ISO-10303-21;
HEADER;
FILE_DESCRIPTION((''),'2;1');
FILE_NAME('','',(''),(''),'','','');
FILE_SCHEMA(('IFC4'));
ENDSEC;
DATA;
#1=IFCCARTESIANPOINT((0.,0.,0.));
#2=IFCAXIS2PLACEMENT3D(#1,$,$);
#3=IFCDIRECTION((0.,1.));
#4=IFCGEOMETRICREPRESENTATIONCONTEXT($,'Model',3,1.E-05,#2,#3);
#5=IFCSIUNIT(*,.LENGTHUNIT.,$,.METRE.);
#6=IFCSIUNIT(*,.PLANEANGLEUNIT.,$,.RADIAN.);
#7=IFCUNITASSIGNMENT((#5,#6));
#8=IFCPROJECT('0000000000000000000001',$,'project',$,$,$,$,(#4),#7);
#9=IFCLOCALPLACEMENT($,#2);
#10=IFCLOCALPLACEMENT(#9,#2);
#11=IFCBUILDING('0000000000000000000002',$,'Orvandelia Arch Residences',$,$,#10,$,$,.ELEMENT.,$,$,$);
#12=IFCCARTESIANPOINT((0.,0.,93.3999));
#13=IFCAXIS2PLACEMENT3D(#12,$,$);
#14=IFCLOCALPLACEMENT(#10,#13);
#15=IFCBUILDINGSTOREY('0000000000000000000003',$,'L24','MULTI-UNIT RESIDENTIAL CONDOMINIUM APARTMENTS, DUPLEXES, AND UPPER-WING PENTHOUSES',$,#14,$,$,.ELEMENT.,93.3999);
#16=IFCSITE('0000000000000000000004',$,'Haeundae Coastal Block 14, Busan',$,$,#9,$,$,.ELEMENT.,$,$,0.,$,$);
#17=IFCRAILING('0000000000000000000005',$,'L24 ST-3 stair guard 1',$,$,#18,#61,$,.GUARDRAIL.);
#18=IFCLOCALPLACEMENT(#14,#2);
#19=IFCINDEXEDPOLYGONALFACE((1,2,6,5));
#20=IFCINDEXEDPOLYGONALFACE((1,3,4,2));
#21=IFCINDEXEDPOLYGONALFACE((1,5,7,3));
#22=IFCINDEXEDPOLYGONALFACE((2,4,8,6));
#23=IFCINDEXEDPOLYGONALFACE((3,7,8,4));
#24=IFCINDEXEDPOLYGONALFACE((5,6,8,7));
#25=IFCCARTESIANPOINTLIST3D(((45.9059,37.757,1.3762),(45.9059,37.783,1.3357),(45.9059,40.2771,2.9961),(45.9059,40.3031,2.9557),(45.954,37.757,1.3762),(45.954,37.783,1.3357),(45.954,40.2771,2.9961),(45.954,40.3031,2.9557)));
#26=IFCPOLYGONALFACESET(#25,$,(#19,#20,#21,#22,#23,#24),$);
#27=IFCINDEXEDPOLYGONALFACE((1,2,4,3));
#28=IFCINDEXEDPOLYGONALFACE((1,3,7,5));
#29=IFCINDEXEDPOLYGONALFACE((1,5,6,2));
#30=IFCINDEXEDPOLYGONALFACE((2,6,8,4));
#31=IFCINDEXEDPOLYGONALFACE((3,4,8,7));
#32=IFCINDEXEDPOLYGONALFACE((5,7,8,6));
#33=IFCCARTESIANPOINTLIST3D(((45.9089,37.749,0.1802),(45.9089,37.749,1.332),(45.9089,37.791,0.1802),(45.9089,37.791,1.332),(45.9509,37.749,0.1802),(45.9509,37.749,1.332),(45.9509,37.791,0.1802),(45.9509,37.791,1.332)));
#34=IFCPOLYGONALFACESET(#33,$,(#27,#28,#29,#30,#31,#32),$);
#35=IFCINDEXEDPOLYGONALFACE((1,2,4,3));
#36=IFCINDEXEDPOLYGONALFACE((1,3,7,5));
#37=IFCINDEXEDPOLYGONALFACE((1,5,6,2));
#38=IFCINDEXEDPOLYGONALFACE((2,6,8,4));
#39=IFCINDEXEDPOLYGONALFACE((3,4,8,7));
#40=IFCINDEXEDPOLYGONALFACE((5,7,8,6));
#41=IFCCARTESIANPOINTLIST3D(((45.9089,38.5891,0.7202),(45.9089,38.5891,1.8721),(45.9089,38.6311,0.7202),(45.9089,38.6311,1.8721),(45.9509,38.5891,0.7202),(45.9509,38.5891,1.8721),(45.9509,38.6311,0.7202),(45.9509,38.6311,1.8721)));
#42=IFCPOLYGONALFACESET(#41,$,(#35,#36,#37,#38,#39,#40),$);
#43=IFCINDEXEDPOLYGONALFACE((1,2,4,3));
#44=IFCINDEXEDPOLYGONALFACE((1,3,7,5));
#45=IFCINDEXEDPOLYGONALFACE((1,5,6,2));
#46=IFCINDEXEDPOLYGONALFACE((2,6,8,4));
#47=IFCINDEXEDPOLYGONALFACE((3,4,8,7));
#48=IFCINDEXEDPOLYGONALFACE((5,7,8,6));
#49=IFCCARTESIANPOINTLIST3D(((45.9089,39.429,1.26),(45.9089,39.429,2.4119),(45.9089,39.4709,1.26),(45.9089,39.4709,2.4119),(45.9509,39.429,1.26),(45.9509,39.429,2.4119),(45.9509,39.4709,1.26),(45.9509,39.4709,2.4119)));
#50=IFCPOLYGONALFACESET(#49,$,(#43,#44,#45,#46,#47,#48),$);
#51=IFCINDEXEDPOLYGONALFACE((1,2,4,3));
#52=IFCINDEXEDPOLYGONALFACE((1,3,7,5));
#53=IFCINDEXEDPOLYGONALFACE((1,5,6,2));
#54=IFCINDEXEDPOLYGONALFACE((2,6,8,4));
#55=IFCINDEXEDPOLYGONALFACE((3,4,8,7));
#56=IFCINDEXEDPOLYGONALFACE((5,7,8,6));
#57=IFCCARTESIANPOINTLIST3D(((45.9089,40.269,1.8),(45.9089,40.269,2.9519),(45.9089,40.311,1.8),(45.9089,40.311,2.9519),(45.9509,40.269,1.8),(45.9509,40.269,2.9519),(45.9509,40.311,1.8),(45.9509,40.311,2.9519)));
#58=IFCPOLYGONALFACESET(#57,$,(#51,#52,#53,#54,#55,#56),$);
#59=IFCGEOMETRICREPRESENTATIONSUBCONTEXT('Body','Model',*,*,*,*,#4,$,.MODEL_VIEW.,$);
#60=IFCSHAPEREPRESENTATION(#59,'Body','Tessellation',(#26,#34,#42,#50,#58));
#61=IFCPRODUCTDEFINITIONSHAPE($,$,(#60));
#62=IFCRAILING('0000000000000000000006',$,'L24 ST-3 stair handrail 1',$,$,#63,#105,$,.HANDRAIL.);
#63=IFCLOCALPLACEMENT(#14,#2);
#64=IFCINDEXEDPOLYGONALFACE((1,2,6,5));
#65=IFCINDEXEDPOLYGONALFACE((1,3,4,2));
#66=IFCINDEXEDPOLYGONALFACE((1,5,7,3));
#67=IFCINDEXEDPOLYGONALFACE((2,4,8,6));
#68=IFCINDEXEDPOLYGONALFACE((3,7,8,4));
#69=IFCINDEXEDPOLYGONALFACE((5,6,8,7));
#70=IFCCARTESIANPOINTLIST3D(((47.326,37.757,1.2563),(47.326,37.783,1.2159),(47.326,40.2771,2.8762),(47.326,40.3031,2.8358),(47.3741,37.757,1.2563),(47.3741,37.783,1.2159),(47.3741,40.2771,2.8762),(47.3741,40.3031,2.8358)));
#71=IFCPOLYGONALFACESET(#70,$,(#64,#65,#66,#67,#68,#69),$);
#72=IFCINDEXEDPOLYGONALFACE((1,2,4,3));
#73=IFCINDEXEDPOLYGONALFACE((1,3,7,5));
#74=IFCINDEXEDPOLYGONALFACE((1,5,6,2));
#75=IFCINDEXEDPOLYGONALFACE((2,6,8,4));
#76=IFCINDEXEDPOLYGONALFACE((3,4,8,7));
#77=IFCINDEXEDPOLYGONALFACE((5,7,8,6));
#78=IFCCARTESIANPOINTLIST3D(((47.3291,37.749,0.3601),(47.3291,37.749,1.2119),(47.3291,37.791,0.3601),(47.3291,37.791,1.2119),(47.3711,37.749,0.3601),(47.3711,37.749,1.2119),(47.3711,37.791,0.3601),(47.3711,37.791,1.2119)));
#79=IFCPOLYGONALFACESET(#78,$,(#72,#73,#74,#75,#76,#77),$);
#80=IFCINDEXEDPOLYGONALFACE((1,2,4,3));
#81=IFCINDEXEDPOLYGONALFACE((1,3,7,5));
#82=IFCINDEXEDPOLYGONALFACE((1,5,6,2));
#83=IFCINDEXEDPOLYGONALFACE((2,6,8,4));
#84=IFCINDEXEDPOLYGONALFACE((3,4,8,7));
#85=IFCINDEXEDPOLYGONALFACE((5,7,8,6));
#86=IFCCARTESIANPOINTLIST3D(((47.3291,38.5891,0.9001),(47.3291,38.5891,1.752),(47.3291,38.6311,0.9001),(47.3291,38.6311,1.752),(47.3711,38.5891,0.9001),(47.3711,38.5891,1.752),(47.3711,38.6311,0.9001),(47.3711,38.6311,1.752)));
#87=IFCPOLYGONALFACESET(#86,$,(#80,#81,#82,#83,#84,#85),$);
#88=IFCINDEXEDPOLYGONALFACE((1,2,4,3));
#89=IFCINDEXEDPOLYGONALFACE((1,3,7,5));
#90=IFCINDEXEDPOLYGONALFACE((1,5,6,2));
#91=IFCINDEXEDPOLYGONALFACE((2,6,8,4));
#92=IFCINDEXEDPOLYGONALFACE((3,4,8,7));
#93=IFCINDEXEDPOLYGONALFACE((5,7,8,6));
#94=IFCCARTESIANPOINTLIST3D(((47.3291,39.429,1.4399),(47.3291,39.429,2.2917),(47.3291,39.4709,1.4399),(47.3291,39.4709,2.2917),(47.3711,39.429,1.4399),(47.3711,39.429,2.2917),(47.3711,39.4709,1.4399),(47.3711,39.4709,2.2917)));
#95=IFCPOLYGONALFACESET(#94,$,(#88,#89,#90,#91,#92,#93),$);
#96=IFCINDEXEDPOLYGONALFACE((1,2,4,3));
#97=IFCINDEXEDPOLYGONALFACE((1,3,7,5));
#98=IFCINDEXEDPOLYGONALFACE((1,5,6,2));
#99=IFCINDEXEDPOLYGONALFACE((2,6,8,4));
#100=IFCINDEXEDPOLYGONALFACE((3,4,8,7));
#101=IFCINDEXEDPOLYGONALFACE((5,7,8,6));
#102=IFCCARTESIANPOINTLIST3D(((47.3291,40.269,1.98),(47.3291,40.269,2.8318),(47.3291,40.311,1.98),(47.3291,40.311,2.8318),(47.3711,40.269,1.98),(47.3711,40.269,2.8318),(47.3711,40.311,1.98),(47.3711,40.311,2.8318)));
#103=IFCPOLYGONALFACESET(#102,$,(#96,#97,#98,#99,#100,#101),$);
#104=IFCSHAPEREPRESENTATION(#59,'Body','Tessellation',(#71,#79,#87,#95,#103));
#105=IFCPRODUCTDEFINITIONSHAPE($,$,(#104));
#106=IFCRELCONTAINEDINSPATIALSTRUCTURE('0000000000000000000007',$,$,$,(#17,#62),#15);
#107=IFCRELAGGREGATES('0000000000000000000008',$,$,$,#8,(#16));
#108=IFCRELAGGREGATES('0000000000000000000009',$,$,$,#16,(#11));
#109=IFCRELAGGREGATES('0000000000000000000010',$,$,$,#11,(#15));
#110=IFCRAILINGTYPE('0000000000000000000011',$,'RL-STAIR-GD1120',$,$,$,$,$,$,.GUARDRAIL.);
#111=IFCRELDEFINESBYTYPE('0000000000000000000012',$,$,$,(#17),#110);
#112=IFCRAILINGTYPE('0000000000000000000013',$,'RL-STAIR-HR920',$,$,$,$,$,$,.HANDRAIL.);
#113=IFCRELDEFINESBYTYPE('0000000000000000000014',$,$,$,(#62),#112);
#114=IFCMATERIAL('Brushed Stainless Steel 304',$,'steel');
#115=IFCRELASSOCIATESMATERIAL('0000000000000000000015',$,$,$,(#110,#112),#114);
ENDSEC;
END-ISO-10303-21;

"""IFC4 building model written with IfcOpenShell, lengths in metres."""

from ifc_helpers import new_model, si_unit, direction, frame, origin, origin_2d, place, context, subcontext, project, spatial, rectangle, extrude, material, type_object, element, save


model = new_model("IFC4")

# Units and contexts
model_context = context("Model", 3, precision=1e-05, world=origin(), true_north=direction((0.0, 1.0)))
body_context = subcontext(model_context, "Body", "Model", "MODEL_VIEW")
ifc_project = project(units=[si_unit("LENGTHUNIT", "METRE"), si_unit("PLANEANGLEUNIT", "RADIAN")], contexts=[model_context])

# Site, building, storey
site_placement = place(None, origin())
site = spatial("IfcSite", under=ifc_project, at=site_placement, Name="Haeundae Coastal Block 14, Busan", CompositionType="ELEMENT", RefElevation=0.0)
building_placement = place(site_placement, origin())
building = spatial("IfcBuilding", under=site, at=building_placement, Name="Orvandelia Arch Residences", CompositionType="ELEMENT")
storey_placement = place(building_placement, frame((0.0, 0.0, 93.3999)))
storey = spatial("IfcBuildingStorey", under=building, at=storey_placement, Name="L24", Description="MULTI-UNIT RESIDENTIAL CONDOMINIUM APARTMENTS, DUPLEXES, AND UPPER-WING PENTHOUSES", CompositionType="ELEMENT", Elevation=93.3999)

# Railings
ifc_material_1 = material(Name="Brushed Stainless Steel 304", Category="steel")
railing_type_1 = type_object("IfcRailingType", Name="RL-STAIR-GD1120", PredefinedType="GUARDRAIL", material=ifc_material_1)
railing_1_placement = place(storey_placement, frame((45.9299, 37.77, 0.1802)))
element("IfcRailing", 1, at=railing_1_placement, inside=storey, type_object=railing_type_1, Name="L24 ST-3 stair guard 1", PredefinedType="GUARDRAIL", context=body_context, shape_type="SweptSolid", body=[
    extrude(rectangle(XDim=0.0481, YDim=0.0481, at=origin_2d()), frame((0.0, 0.0, 1.1758), z_axis=(0.0, 0.8412, 0.540725), x_axis=(-1.0, 0.0, 0.0)), (0.0, 0.0, 1.0), 2.9958),
    extrude(rectangle(XDim=0.042, YDim=0.042, at=origin_2d()), origin(), (0.0, 0.0, 1.0), 1.1519),
    extrude(rectangle(XDim=0.042, YDim=0.042, at=origin_2d()), frame((0.0, 0.8401, 0.54)), (0.0, 0.0, 1.0), 1.1519),
    extrude(rectangle(XDim=0.042, YDim=0.042, at=origin_2d()), frame((0.0, 1.6799, 1.0798)), (0.0, 0.0, 1.0), 1.1519),
    extrude(rectangle(XDim=0.042, YDim=0.042, at=origin_2d()), frame((0.0, 2.52, 1.6199)), (0.0, 0.0, 1.0), 1.1519),
])
railing_type_2 = type_object("IfcRailingType", Name="RL-STAIR-HR920", PredefinedType="HANDRAIL", material=ifc_material_1)
railing_2_placement = place(storey_placement, frame((47.3501, 37.77, 0.3601)))
element("IfcRailing", 2, at=railing_2_placement, inside=storey, type_object=railing_type_2, Name="L24 ST-3 stair handrail 1", PredefinedType="HANDRAIL", context=body_context, shape_type="SweptSolid", body=[
    extrude(rectangle(XDim=0.0481, YDim=0.0481, at=origin_2d()), frame((0.0, 0.0, 0.876), z_axis=(0.0, 0.8412, 0.540725), x_axis=(-1.0, 0.0, 0.0)), (0.0, 0.0, 1.0), 2.9958),
    extrude(rectangle(XDim=0.042, YDim=0.042, at=origin_2d()), origin(), (0.0, 0.0, 1.0), 0.8518),
    extrude(rectangle(XDim=0.042, YDim=0.042, at=origin_2d()), frame((0.0, 0.8401, 0.54)), (0.0, 0.0, 1.0), 0.8518),
    extrude(rectangle(XDim=0.042, YDim=0.042, at=origin_2d()), frame((0.0, 1.6799, 1.0798)), (0.0, 0.0, 1.0), 0.8518),
    extrude(rectangle(XDim=0.042, YDim=0.042, at=origin_2d()), frame((0.0, 2.52, 1.6199)), (0.0, 0.0, 1.0), 0.8518),
])

save(model, "model.ifc")
